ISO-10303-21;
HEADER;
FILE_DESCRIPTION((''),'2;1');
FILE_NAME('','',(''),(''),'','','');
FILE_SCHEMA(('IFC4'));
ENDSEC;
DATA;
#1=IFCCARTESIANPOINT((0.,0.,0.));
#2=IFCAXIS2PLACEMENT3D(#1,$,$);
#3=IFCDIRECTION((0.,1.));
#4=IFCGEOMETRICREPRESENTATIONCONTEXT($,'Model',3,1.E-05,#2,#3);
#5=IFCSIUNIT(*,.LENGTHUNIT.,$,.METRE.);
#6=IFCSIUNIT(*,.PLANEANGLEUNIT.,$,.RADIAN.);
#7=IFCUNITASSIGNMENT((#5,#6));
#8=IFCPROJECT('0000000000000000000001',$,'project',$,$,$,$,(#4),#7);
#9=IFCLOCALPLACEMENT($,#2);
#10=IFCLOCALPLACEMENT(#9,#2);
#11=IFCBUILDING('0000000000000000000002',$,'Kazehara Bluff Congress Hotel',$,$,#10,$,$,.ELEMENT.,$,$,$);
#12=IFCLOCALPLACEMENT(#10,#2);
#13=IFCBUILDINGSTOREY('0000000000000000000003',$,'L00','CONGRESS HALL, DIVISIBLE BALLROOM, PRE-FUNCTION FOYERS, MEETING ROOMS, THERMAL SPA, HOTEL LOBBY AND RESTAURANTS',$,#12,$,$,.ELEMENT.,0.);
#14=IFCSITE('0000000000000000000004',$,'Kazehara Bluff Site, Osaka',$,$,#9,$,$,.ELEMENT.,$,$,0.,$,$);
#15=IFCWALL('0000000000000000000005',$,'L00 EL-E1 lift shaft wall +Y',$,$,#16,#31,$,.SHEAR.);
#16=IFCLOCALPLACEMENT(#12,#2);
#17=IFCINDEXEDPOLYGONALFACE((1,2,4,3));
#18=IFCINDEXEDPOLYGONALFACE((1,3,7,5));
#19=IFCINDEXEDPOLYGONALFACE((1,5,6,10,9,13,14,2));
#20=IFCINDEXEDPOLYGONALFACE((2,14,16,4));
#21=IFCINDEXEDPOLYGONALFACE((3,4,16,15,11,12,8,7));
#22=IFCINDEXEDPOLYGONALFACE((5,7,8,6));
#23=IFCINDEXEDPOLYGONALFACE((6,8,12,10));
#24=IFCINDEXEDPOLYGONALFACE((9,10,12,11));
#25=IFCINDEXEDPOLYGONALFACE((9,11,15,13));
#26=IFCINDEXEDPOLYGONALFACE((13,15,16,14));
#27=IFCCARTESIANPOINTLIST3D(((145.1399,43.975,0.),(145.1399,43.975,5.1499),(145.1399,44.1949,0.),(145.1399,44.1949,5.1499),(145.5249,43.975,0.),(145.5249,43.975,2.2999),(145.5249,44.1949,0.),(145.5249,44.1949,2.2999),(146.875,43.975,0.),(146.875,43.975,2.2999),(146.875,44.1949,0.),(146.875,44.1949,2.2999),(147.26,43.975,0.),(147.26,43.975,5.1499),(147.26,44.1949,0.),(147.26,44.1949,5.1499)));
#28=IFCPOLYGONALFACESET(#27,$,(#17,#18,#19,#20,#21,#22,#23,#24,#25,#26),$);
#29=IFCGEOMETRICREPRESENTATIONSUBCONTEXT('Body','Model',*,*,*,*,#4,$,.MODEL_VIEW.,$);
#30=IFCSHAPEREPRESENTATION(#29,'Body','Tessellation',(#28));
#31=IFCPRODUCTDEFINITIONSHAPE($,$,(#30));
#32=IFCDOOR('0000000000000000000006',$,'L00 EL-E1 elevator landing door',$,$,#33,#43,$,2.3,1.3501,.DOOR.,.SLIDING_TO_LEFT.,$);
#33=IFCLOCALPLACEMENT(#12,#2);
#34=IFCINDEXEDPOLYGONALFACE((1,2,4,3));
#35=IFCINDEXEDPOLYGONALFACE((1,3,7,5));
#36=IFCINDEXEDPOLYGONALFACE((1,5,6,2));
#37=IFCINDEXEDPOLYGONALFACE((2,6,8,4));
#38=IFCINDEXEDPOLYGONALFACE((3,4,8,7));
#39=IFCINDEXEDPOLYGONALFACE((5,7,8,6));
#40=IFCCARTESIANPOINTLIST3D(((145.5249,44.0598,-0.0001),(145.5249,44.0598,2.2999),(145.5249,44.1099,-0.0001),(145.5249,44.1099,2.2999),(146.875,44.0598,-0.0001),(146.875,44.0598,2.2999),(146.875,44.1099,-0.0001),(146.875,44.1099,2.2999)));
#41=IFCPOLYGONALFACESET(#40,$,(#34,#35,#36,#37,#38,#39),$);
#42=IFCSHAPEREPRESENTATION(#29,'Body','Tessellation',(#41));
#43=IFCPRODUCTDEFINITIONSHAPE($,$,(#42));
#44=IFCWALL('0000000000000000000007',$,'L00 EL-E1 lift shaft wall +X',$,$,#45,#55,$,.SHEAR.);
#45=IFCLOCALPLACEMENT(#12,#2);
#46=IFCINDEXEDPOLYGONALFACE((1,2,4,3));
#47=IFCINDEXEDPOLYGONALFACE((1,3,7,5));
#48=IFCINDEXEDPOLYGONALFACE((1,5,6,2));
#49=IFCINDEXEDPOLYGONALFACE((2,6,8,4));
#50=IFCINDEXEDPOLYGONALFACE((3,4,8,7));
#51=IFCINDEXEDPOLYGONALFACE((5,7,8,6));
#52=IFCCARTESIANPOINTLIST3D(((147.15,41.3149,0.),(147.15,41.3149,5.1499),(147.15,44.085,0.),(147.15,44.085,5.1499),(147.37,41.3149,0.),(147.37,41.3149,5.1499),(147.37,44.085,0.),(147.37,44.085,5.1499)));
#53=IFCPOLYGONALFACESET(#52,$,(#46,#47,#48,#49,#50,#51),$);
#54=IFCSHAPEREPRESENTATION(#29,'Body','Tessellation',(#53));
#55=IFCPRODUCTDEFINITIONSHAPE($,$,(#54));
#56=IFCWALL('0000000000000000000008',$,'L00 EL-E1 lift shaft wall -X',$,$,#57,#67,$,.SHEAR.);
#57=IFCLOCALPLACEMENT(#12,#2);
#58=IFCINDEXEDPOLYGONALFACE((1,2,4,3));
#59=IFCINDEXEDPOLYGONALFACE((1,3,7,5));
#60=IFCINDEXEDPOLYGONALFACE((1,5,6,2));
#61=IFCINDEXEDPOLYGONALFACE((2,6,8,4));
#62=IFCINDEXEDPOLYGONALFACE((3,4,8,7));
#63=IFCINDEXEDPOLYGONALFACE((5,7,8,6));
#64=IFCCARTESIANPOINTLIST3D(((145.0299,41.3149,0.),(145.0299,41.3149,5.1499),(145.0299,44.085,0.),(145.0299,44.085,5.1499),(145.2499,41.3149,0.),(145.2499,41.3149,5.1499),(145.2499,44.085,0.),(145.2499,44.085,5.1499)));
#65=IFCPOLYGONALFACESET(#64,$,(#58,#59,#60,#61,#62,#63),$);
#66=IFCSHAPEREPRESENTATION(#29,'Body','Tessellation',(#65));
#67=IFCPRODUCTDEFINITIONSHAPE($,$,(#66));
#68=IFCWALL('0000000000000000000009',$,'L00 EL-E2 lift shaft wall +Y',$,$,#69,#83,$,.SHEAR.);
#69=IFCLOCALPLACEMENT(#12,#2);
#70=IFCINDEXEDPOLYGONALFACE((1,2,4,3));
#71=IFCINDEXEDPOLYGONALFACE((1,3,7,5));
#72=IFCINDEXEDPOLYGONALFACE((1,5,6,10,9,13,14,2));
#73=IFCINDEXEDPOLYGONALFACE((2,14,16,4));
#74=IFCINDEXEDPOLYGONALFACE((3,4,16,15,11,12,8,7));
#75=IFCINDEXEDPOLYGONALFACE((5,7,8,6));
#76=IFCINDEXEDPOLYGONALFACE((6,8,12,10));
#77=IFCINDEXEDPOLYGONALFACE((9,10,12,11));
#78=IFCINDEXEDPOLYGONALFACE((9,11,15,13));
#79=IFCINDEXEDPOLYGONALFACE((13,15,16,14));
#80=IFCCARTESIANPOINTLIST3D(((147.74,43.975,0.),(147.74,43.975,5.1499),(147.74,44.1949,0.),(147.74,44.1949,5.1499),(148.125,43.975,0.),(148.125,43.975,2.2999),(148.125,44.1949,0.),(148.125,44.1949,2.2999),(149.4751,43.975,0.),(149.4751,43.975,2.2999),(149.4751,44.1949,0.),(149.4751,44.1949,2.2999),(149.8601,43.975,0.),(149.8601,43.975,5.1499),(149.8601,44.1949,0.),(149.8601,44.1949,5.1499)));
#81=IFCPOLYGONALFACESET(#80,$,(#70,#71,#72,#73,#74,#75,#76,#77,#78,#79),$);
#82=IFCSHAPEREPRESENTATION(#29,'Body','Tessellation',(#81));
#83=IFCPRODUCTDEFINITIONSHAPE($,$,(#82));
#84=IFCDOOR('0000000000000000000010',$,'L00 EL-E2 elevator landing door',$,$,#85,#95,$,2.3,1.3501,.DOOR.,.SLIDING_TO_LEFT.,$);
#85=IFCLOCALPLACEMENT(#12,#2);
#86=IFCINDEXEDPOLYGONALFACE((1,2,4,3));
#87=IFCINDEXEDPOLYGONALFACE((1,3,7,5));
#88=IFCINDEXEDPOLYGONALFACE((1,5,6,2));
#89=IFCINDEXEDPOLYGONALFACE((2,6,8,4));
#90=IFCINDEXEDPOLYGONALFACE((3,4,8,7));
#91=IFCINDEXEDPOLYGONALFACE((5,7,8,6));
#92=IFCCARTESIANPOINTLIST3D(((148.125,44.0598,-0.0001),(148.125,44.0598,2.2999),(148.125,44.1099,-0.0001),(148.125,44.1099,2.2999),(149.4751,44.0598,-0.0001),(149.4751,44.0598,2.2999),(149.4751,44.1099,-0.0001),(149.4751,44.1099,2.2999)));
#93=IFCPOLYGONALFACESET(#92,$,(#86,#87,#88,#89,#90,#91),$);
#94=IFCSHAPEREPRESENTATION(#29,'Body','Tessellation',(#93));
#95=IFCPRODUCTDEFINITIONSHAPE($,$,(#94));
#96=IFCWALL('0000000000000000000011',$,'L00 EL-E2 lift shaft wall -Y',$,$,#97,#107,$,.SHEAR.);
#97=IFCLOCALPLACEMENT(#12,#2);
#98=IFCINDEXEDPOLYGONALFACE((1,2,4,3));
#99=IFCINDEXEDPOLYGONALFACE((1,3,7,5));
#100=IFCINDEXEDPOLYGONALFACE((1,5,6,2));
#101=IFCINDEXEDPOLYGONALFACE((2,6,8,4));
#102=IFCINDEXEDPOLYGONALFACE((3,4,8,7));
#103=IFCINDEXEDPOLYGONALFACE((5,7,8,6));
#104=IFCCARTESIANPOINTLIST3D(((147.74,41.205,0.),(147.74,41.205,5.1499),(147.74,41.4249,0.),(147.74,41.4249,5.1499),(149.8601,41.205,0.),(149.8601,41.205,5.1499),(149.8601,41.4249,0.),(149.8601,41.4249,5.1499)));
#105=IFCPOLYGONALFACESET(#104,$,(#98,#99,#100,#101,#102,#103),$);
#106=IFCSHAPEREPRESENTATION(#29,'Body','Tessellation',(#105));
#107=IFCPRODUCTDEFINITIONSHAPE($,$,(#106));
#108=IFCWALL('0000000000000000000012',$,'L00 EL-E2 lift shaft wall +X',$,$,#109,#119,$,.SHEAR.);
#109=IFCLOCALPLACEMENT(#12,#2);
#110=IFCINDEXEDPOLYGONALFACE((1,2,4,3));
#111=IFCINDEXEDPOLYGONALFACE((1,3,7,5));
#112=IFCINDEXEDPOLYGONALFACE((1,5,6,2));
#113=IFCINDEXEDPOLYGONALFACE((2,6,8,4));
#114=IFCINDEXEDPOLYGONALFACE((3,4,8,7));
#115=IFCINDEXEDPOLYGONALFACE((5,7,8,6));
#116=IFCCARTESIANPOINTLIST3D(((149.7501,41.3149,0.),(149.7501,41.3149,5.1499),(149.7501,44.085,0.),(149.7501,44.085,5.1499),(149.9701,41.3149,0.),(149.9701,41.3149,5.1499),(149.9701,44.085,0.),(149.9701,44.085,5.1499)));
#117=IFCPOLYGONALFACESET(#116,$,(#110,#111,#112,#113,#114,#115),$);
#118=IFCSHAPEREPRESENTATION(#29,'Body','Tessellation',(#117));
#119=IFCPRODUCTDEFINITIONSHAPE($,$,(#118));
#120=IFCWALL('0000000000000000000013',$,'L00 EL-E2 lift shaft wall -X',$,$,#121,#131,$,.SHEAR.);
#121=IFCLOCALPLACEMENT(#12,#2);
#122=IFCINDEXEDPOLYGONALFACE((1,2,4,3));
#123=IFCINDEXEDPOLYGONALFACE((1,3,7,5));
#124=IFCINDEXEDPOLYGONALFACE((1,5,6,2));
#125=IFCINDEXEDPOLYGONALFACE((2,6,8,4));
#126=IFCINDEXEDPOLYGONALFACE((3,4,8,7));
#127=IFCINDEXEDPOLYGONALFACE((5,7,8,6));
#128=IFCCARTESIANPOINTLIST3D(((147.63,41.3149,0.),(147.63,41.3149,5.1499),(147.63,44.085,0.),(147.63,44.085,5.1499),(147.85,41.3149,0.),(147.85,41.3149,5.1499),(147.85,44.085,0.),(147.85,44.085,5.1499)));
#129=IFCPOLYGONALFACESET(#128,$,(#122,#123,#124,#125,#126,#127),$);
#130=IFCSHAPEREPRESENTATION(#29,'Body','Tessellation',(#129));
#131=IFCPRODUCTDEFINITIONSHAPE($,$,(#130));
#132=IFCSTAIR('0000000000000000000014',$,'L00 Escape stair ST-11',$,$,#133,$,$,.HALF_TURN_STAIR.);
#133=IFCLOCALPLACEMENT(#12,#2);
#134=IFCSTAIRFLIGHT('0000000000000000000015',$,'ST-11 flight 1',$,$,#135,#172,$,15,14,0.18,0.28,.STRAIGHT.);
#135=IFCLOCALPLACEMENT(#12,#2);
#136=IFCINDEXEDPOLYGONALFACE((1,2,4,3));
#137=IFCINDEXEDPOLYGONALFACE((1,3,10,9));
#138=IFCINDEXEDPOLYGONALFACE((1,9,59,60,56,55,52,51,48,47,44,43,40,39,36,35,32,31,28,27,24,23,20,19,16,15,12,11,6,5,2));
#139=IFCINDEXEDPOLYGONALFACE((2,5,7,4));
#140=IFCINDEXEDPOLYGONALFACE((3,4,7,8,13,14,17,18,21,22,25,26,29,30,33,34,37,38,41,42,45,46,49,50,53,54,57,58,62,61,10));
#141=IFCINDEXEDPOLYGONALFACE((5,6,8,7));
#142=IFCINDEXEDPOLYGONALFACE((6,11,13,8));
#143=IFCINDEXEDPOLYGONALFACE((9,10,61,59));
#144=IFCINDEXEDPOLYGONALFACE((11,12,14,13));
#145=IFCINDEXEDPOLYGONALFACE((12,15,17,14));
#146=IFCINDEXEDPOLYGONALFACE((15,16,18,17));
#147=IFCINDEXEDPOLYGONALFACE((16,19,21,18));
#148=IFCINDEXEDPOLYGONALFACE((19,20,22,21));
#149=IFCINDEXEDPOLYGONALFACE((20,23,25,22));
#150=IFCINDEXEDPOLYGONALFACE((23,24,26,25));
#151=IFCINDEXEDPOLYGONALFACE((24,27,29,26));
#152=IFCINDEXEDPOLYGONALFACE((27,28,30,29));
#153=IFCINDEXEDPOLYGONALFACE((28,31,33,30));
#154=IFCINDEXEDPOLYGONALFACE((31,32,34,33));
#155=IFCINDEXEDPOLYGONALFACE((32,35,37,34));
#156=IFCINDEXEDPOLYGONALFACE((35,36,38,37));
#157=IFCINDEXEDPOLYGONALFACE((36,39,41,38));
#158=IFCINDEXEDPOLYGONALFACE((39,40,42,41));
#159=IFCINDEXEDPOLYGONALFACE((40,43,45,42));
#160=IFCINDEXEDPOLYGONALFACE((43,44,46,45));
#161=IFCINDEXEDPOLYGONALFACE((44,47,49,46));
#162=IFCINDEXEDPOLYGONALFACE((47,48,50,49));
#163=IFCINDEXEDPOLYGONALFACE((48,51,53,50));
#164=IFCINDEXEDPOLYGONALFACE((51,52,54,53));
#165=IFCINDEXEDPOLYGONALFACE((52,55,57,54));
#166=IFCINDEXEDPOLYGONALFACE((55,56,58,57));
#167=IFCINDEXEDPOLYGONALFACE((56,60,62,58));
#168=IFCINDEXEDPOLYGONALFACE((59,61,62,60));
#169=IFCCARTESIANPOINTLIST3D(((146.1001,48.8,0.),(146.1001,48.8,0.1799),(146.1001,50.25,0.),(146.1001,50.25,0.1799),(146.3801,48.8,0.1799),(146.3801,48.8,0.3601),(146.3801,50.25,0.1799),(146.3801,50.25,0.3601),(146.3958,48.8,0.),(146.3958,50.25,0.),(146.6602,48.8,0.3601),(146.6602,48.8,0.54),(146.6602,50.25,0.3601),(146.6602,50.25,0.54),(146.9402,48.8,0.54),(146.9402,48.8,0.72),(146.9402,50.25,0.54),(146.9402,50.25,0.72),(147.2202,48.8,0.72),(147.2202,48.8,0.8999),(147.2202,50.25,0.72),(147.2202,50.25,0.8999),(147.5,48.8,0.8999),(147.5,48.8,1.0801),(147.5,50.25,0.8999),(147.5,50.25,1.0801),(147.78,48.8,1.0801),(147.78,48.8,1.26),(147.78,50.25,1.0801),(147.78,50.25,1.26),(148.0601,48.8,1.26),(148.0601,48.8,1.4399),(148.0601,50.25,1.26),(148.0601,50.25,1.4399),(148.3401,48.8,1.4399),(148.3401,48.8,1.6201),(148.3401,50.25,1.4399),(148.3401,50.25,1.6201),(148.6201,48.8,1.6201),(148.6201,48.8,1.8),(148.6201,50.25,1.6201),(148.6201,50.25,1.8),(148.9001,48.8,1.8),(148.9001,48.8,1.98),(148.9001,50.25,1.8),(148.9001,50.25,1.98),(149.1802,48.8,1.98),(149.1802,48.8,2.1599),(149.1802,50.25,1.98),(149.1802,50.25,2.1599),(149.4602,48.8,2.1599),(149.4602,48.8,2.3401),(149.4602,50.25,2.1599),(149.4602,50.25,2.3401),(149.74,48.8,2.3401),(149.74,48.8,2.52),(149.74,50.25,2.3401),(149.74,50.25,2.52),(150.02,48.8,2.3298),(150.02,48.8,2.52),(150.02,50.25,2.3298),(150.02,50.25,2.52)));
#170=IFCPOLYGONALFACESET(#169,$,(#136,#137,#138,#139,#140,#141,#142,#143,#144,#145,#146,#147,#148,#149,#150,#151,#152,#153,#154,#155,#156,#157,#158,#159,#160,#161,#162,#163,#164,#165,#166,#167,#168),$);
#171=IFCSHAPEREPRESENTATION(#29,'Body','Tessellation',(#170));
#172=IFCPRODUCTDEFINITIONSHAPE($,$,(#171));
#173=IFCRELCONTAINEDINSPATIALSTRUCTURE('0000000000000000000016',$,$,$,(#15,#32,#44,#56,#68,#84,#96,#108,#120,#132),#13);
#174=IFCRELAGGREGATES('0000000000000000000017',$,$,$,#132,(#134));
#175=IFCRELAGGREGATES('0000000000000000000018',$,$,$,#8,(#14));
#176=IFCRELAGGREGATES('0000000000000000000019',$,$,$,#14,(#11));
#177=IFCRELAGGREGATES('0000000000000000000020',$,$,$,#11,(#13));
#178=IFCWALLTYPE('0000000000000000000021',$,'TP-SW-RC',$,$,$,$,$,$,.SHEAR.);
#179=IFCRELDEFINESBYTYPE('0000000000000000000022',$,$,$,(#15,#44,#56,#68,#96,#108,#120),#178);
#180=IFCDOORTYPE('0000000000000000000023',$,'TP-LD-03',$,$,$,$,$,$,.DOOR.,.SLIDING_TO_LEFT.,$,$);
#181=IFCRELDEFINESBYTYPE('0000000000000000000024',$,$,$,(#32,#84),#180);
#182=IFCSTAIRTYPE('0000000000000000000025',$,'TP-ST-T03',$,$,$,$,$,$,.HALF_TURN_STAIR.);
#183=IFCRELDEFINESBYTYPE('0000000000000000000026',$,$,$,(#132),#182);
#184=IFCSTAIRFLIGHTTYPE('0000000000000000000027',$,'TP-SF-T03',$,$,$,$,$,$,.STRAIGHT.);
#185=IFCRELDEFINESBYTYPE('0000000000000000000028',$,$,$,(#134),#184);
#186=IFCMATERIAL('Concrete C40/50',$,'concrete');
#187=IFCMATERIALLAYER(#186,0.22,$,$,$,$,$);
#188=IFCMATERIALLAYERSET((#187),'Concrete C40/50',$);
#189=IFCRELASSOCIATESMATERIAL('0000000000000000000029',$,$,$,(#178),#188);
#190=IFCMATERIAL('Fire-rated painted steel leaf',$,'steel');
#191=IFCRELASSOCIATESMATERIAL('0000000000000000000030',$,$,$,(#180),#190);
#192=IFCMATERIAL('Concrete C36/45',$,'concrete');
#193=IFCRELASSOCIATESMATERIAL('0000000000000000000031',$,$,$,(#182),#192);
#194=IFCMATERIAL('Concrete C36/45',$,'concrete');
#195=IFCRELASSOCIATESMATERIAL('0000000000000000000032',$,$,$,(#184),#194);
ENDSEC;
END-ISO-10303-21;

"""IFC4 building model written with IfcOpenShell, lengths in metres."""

from ifc_helpers import new_model, si_unit, direction, frame, frame_2d, origin, place, context, subcontext, project, spatial, polyline, rectangle, outline, extrude, material, layer, layer_set, type_object, element, fill, aggregate, save


model = new_model("IFC4")

# Units and contexts
model_context = context("Model", 3, precision=1e-05, world=origin(), true_north=direction((0.0, 1.0)))
body_context = subcontext(model_context, "Body", "Model", "MODEL_VIEW")
ifc_project = project(units=[si_unit("LENGTHUNIT", "METRE"), si_unit("PLANEANGLEUNIT", "RADIAN")], contexts=[model_context])

# Site, building, storey
site_placement = place(None, origin())
site = spatial("IfcSite", under=ifc_project, at=site_placement, Name="Kazehara Bluff Site, Osaka", CompositionType="ELEMENT", RefElevation=0.0)
building_placement = place(site_placement, origin())
building = spatial("IfcBuilding", under=site, at=building_placement, Name="Kazehara Bluff Congress Hotel", CompositionType="ELEMENT")
storey_placement = place(building_placement, origin())
storey = spatial("IfcBuildingStorey", under=building, at=storey_placement, Name="L00", Description="CONGRESS HALL, DIVISIBLE BALLROOM, PRE-FUNCTION FOYERS, MEETING ROOMS, THERMAL SPA, HOTEL LOBBY AND RESTAURANTS", CompositionType="ELEMENT", Elevation=0.0)

# Wall, opening, door
ifc_material_1 = material(Name="Concrete C40/50", Category="concrete")
ifc_layer_1 = layer(ifc_material_1, 0.22)
ifc_layer_set_1 = layer_set([ifc_layer_1], Name="Concrete C40/50")
wall_type_1 = type_object("IfcWallType", Name="TP-SW-RC", PredefinedType="SHEAR", material=ifc_layer_set_1)
wall_1_placement = place(storey_placement, frame((145.1399, 44.085, 0.0), z_axis=(0.0, 0.0, 1.0), x_axis=(1.0, 0.0, 0.0)))
wall_1 = element("IfcWall", 1, at=wall_1_placement, inside=storey, type_object=wall_type_1, Name="L00 EL-E1 lift shaft wall +Y", PredefinedType="SHEAR", context=body_context, shape_type="SweptSolid", body=[
    extrude(rectangle(XDim=2.1201, YDim=0.22, at=frame_2d((1.0601, 0.0))), origin(), (0.0, 0.0, 1.0), 5.1499),
])
opening_1_placement = place(wall_1_placement, frame((0.385, 0.0, 0.0)))
opening_1 = element("IfcOpeningElement", 2, at=opening_1_placement, cuts=wall_1, PredefinedType="OPENING", context=body_context, shape_type="SweptSolid", body=[
    extrude(rectangle(XDim=1.3501, YDim=2.3, at=frame_2d((0.675, 1.1499))), frame((0.0, 0.1199, 0.0), z_axis=(0.0, -1.0, 0.0), x_axis=(1.0, 0.0, 0.0)), (0.0, 0.0, 1.0), 0.24),
])
ifc_material_2 = material(Name="Fire-rated painted steel leaf", Category="steel")
door_type_1 = type_object("IfcDoorType", Name="TP-LD-03", OperationType="SLIDING_TO_LEFT", PredefinedType="DOOR", material=ifc_material_2)
door_1_placement = place(opening_1_placement, origin())
door_1 = element("IfcDoor", 3, at=door_1_placement, inside=storey, type_object=door_type_1, Name="L00 EL-E1 elevator landing door", OperationType="SLIDING_TO_LEFT", OverallHeight=2.3, OverallWidth=1.3501, PredefinedType="DOOR", context=body_context, shape_type="SweptSolid", body=[
    extrude(rectangle(XDim=1.3501, YDim=2.3, at=frame_2d((0.675, 1.1499))), frame((0.0, 0.0249, 0.0), z_axis=(0.0, -1.0, 0.0), x_axis=(1.0, 0.0, 0.0)), (0.0, 0.0, 1.0), 0.05),
])
fill(opening_1, door_1)

# Walls
for number, where, z_axis, x_axis, name in (
    (4, (147.26, 41.3149, 0.0), (0.0, 0.0, 1.0), (0.0, 1.0, 0.0), "L00 EL-E1 lift shaft wall +X"),
    (5, (145.1399, 41.3149, 0.0), (0.0, 0.0, 1.0), (0.0, 1.0, 0.0), "L00 EL-E1 lift shaft wall -X"),
):
    element("IfcWall", number, at=place(storey_placement, frame(where, z_axis=z_axis, x_axis=x_axis)), inside=storey, type_object=wall_type_1, Name=name, PredefinedType="SHEAR", context=body_context, shape_type="SweptSolid", body=[
        extrude(rectangle(XDim=2.77, YDim=0.22, at=frame_2d((1.385, 0.0))), origin(), (0.0, 0.0, 1.0), 5.1499),
    ])

# Wall, opening, door
wall_2_placement = place(storey_placement, frame((147.74, 44.085, 0.0), z_axis=(0.0, 0.0, 1.0), x_axis=(1.0, 0.0, 0.0)))
wall_2 = element("IfcWall", 6, at=wall_2_placement, inside=storey, type_object=wall_type_1, Name="L00 EL-E2 lift shaft wall +Y", PredefinedType="SHEAR", context=body_context, shape_type="SweptSolid", body=[
    extrude(rectangle(XDim=2.1201, YDim=0.22, at=frame_2d((1.0601, 0.0))), origin(), (0.0, 0.0, 1.0), 5.1499),
])
opening_2_placement = place(wall_2_placement, frame((0.385, 0.0, 0.0)))
opening_2 = element("IfcOpeningElement", 7, at=opening_2_placement, cuts=wall_2, PredefinedType="OPENING", context=body_context, shape_type="SweptSolid", body=[
    extrude(rectangle(XDim=1.3501, YDim=2.3, at=frame_2d((0.675, 1.1499))), frame((0.0, 0.1199, 0.0), z_axis=(0.0, -1.0, 0.0), x_axis=(1.0, 0.0, 0.0)), (0.0, 0.0, 1.0), 0.24),
])
door_2_placement = place(opening_2_placement, origin())
door_2 = element("IfcDoor", 8, at=door_2_placement, inside=storey, type_object=door_type_1, Name="L00 EL-E2 elevator landing door", OperationType="SLIDING_TO_LEFT", OverallHeight=2.3, OverallWidth=1.3501, PredefinedType="DOOR", context=body_context, shape_type="SweptSolid", body=[
    extrude(rectangle(XDim=1.3501, YDim=2.3, at=frame_2d((0.675, 1.1499))), frame((0.0, 0.0249, 0.0), z_axis=(0.0, -1.0, 0.0), x_axis=(1.0, 0.0, 0.0)), (0.0, 0.0, 1.0), 0.05),
])
fill(opening_2, door_2)

# Walls
wall_3_placement = place(storey_placement, frame((147.74, 41.3149, 0.0), z_axis=(0.0, 0.0, 1.0), x_axis=(1.0, 0.0, 0.0)))
element("IfcWall", 9, at=wall_3_placement, inside=storey, type_object=wall_type_1, Name="L00 EL-E2 lift shaft wall -Y", PredefinedType="SHEAR", context=body_context, shape_type="SweptSolid", body=[
    extrude(rectangle(XDim=2.1201, YDim=0.22, at=frame_2d((1.0601, 0.0))), origin(), (0.0, 0.0, 1.0), 5.1499),
])
for number, where, z_axis, x_axis, name in (
    (10, (149.8601, 41.3149, 0.0), (0.0, 0.0, 1.0), (0.0, 1.0, 0.0), "L00 EL-E2 lift shaft wall +X"),
    (11, (147.74, 41.3149, 0.0), (0.0, 0.0, 1.0), (0.0, 1.0, 0.0), "L00 EL-E2 lift shaft wall -X"),
):
    element("IfcWall", number, at=place(storey_placement, frame(where, z_axis=z_axis, x_axis=x_axis)), inside=storey, type_object=wall_type_1, Name=name, PredefinedType="SHEAR", context=body_context, shape_type="SweptSolid", body=[
        extrude(rectangle(XDim=2.77, YDim=0.22, at=frame_2d((1.385, 0.0))), origin(), (0.0, 0.0, 1.0), 5.1499),
    ])

# Stair, stair flight
ifc_material_3 = material(Name="Concrete C36/45", Category="concrete")
stair_type = type_object("IfcStairType", Name="TP-ST-T03", PredefinedType="HALF_TURN_STAIR", material=ifc_material_3)
stair_placement = place(storey_placement, origin())
stair = element("IfcStair", 12, at=stair_placement, inside=storey, type_object=stair_type, Name="L00 Escape stair ST-11", PredefinedType="HALF_TURN_STAIR")
ifc_material_4 = material(Name="Concrete C36/45", Category="concrete")
stair_flight_type = type_object("IfcStairFlightType", Name="TP-SF-T03", PredefinedType="STRAIGHT", material=ifc_material_4)
stair_flight_1_placement = place(storey_placement, frame((146.1001, 49.5249, 0.0), z_axis=(0.0, 0.0, 1.0), x_axis=(1.0, 0.0, 0.0)))
stair_flight_1 = element("IfcStairFlight", 13, at=stair_flight_1_placement, type_object=stair_flight_type, Name="ST-11 flight 1", NumberOfRisers=15, NumberOfTreads=14, PredefinedType="STRAIGHT", RiserHeight=0.18, TreadLength=0.28, context=body_context, shape_type="SweptSolid", body=[
    extrude(outline(polyline([(0.0, 0.0), (0.0, 0.1799), (0.28, 0.1799), (0.28, 0.3601), (0.5601, 0.3601), (0.5601, 0.54), (0.8401, 0.54), (0.8401, 0.72), (1.1201, 0.72), (1.1201, 0.8999), (1.3999, 0.8999), (1.3999, 1.0801), (1.6799, 1.0801), (1.6799, 1.26), (1.96, 1.26), (1.96, 1.4399), (2.24, 1.4399), (2.24, 1.6201), (2.52, 1.6201), (2.52, 1.8), (2.8, 1.8), (2.8, 1.98), (3.0801, 1.98), (3.0801, 2.1599), (3.3601, 2.1599), (3.3601, 2.3401), (3.6399, 2.3401), (3.6399, 2.52), (3.9199, 2.52), (3.9199, 2.7), (3.9199, 2.3298), (0.2957, 0.0), (0.0, 0.0)])), frame((0.0, 0.7251, 0.0), z_axis=(0.0, -1.0, 0.0), x_axis=(1.0, 0.0, 0.0)), (0.0, 0.0, 1.0), 1.45),
])
aggregate(stair, [stair_flight_1])

save(model, "model.ifc")
